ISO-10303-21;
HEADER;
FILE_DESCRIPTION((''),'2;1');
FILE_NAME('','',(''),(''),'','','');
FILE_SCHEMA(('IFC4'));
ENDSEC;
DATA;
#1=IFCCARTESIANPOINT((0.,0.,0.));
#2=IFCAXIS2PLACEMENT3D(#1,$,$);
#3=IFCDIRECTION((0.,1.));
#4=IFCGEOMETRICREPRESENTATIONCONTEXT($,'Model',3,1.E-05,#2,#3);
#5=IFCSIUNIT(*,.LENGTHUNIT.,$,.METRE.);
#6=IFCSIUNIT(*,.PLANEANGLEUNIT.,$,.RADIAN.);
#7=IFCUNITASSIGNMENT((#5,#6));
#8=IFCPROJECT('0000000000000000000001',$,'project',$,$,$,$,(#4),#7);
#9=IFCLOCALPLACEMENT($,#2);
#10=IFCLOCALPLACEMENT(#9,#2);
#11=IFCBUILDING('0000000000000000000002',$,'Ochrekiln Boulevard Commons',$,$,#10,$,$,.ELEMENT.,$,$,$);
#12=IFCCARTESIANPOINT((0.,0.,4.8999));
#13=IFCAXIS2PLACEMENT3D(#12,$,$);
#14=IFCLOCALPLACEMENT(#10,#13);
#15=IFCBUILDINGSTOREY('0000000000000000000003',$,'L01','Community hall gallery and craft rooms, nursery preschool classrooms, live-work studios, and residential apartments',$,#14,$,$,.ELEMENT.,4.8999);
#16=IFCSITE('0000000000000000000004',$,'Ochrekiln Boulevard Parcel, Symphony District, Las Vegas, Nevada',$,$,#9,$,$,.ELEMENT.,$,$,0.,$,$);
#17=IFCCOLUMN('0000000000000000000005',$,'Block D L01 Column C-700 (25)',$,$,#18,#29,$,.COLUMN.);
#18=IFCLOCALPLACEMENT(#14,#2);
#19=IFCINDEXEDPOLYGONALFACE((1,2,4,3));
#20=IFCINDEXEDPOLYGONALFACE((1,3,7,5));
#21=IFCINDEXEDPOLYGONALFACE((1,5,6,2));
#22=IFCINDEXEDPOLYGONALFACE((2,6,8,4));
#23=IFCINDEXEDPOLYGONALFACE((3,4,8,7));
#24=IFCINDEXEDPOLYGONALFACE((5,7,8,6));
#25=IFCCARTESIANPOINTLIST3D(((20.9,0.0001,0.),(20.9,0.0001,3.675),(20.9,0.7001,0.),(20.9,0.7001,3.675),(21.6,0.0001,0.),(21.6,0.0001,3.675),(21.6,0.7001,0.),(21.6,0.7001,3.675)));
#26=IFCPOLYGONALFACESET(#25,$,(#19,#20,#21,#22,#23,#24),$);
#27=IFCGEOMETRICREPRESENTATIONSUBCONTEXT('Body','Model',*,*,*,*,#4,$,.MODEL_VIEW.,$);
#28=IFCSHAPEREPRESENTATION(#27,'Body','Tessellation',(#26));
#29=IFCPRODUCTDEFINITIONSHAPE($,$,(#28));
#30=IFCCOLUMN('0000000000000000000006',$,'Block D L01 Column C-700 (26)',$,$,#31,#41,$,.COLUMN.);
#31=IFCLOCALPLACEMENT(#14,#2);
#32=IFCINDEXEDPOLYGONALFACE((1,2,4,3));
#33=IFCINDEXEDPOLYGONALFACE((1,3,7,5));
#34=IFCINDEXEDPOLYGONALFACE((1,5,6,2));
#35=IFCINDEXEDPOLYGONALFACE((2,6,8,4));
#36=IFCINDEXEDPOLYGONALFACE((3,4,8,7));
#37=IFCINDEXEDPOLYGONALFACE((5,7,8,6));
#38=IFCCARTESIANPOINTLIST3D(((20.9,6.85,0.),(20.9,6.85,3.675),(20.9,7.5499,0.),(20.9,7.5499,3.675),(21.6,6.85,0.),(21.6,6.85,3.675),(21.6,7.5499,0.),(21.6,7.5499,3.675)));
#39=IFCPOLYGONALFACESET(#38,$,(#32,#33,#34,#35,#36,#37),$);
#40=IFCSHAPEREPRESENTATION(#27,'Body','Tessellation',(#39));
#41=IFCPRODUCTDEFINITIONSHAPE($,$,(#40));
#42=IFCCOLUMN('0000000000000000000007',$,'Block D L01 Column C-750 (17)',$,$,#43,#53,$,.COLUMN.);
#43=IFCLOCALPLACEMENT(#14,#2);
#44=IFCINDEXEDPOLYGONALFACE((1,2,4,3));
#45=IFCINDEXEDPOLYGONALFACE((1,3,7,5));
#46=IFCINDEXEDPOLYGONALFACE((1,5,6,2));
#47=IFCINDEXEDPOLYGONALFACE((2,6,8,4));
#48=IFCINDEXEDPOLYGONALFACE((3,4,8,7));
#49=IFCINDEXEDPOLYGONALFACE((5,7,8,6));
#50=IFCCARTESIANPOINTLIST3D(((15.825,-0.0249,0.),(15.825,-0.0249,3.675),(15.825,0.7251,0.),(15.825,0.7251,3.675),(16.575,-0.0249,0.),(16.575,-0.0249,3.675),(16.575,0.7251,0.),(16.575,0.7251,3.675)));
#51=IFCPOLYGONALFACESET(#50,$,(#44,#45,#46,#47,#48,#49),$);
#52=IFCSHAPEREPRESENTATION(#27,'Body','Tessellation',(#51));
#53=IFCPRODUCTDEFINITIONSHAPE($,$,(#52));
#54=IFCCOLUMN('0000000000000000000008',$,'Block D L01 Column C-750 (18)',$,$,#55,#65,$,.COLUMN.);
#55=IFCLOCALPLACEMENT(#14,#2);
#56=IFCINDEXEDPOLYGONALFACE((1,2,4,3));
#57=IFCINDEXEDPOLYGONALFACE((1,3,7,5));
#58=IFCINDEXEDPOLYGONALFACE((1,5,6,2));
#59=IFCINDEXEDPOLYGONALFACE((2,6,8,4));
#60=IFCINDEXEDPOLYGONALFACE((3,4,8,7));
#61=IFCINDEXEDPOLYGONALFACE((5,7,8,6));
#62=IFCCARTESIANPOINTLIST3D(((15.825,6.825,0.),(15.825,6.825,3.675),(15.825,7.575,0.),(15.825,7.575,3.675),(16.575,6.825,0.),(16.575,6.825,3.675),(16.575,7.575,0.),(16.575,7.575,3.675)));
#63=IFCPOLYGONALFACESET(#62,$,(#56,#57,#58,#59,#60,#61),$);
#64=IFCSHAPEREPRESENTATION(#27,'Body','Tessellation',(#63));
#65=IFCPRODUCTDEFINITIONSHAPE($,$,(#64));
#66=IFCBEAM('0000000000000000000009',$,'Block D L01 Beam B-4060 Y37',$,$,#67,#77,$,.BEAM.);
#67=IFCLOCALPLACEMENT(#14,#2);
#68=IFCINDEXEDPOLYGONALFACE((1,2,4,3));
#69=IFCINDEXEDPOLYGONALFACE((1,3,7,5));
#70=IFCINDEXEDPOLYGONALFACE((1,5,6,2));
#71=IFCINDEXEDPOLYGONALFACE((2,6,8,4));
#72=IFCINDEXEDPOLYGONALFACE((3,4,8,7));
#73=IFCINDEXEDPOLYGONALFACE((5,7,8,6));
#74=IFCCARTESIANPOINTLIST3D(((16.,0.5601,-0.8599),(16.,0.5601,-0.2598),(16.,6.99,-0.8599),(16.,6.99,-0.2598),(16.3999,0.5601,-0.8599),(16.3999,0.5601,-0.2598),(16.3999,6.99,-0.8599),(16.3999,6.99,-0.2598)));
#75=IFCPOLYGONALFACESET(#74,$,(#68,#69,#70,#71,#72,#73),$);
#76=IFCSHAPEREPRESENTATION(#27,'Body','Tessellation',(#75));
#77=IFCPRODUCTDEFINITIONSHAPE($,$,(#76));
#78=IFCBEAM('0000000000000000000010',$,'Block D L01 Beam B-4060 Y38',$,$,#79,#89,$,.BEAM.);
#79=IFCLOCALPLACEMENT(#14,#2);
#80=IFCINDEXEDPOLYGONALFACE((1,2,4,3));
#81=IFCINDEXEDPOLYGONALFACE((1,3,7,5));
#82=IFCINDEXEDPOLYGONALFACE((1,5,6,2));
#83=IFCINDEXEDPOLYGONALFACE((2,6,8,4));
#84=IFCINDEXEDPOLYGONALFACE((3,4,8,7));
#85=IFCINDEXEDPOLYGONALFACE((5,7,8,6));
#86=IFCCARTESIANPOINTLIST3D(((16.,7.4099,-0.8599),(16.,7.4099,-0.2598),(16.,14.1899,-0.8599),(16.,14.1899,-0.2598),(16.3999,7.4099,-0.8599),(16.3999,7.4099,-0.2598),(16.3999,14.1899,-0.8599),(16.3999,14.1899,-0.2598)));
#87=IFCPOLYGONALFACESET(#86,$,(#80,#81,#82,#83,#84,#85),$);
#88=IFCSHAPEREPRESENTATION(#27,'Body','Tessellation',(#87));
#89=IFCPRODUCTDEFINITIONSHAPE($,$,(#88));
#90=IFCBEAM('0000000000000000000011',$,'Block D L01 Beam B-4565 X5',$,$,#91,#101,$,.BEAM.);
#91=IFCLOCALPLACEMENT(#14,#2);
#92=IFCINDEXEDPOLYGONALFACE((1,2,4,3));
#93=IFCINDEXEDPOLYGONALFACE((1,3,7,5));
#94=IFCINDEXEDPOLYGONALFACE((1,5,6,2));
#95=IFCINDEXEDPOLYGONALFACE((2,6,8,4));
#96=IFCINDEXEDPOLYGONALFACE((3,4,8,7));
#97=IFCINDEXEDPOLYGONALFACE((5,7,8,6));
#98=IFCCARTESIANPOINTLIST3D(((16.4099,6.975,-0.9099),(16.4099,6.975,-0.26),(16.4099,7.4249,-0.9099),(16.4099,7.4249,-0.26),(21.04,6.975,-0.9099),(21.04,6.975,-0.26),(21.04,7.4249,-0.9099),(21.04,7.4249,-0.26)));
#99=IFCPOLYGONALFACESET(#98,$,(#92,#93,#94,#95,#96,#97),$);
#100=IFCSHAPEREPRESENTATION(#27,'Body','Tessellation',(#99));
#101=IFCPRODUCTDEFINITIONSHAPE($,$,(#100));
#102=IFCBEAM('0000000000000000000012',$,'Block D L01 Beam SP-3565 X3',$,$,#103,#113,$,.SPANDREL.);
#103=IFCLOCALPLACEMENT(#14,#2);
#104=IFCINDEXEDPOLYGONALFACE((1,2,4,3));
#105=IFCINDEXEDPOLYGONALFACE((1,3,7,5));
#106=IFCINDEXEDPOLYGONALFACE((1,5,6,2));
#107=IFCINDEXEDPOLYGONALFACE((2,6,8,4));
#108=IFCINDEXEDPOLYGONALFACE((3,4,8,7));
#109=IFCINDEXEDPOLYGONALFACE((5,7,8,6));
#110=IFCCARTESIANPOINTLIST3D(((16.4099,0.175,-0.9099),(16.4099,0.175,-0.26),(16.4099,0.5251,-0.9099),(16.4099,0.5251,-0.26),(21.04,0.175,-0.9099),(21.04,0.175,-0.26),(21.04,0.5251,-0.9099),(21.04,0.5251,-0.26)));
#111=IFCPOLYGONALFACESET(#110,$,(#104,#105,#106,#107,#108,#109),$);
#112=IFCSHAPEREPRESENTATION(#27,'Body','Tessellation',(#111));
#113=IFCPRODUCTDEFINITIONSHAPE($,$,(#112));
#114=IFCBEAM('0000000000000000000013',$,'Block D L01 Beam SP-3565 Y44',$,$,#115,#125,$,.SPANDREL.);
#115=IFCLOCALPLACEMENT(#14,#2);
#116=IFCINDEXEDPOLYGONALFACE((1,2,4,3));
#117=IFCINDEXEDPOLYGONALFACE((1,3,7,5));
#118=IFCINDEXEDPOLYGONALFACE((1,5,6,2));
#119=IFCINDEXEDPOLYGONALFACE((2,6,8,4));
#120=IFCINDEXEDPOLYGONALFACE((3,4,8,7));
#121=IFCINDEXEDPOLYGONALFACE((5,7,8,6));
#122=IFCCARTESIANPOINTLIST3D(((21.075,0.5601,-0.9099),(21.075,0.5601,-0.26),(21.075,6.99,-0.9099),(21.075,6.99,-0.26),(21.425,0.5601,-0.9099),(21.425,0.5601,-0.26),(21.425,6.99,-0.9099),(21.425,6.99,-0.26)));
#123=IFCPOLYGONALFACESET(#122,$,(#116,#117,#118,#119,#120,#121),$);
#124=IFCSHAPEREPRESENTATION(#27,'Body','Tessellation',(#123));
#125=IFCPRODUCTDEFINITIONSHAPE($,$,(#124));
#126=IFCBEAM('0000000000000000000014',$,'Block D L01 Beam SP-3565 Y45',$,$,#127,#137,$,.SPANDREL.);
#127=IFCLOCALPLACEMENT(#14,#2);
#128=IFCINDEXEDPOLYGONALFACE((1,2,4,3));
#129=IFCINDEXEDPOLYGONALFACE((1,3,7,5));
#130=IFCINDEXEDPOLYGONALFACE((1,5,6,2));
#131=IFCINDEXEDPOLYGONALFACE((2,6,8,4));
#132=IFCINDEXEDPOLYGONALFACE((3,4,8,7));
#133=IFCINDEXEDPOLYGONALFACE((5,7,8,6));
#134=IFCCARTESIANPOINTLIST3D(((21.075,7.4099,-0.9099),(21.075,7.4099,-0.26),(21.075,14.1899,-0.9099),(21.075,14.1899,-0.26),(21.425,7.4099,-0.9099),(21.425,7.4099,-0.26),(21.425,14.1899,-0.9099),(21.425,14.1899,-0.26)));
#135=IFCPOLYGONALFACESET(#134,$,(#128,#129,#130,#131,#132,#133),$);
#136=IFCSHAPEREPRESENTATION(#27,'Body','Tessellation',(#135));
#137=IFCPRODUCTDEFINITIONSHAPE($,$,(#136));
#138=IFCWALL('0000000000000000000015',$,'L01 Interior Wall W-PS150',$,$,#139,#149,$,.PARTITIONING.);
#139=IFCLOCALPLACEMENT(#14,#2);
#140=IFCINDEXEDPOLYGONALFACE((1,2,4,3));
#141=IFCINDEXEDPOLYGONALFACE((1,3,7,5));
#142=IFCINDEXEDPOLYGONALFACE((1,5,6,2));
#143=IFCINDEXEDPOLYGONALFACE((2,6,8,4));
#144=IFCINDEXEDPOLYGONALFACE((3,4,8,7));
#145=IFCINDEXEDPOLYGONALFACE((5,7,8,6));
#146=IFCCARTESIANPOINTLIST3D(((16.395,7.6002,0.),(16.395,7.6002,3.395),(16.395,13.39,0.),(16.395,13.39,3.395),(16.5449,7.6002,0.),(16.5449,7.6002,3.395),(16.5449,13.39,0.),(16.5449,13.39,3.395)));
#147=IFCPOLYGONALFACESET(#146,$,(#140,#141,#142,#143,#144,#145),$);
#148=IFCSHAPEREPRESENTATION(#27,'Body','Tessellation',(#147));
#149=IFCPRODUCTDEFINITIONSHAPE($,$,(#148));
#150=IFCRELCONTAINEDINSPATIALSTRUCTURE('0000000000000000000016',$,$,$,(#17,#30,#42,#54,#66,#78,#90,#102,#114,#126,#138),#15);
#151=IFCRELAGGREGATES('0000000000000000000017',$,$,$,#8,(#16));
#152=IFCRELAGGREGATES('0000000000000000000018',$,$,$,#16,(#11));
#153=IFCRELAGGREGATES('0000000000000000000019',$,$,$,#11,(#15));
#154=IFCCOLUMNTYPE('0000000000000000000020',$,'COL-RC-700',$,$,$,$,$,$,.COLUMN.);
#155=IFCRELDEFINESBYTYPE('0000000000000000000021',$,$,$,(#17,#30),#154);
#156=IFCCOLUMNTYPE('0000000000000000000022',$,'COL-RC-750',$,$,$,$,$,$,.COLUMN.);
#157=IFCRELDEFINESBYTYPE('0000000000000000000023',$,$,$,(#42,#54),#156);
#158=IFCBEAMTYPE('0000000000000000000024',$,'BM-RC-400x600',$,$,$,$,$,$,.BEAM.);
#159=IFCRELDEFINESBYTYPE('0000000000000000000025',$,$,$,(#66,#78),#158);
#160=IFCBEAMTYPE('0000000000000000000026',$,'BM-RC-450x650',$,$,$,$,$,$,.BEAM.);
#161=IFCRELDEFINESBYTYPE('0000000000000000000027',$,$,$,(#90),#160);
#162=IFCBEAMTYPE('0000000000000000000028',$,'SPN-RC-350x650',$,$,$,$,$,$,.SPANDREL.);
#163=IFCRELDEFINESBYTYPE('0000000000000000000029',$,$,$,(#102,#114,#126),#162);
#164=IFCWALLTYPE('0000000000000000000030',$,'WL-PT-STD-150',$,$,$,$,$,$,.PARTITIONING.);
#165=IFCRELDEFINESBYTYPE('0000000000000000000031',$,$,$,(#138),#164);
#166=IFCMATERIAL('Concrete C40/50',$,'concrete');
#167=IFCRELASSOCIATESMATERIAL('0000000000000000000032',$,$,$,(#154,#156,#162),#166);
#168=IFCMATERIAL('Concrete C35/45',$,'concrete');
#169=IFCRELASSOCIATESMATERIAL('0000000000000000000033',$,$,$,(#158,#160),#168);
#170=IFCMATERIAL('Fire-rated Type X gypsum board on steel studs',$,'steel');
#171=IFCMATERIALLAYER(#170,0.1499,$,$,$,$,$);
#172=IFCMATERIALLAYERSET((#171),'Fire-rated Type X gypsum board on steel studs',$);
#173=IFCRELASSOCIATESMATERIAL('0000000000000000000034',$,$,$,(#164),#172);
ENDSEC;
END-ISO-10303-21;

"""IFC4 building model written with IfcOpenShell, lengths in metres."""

from ifc_helpers import new_model, si_unit, direction, frame, frame_2d, origin, origin_2d, place, context, subcontext, project, spatial, rectangle, extrude, material, layer, layer_set, material_profile, profile_set, type_object, element, save


model = new_model("IFC4")

# Units and contexts
model_context = context("Model", 3, precision=1e-05, world=origin(), true_north=direction((0.0, 1.0)))
body_context = subcontext(model_context, "Body", "Model", "MODEL_VIEW")
ifc_project = project(units=[si_unit("LENGTHUNIT", "METRE"), si_unit("PLANEANGLEUNIT", "RADIAN")], contexts=[model_context])

# Site, building, storey
site_placement = place(None, origin())
site = spatial("IfcSite", under=ifc_project, at=site_placement, Name="Ochrekiln Boulevard Parcel, Symphony District, Las Vegas, Nevada", CompositionType="ELEMENT", RefElevation=0.0)
building_placement = place(site_placement, origin())
building = spatial("IfcBuilding", under=site, at=building_placement, Name="Ochrekiln Boulevard Commons", CompositionType="ELEMENT")
storey_placement = place(building_placement, frame((0.0, 0.0, 4.8999)))
storey = spatial("IfcBuildingStorey", under=building, at=storey_placement, Name="L01", Description="Community hall gallery and craft rooms, nursery preschool classrooms, live-work studios, and residential apartments", CompositionType="ELEMENT", Elevation=4.8999)

# Columns
ifc_material_1 = material(Name="Concrete C40/50", Category="concrete")
ifc_material_profile_1 = material_profile(ifc_material_1, rectangle(XDim=0.7, YDim=0.7, at=origin_2d()), Name="RC-COL-700x700")
ifc_profile_set_1 = profile_set([ifc_material_profile_1], Name="Concrete C40/50")
column_type_1 = type_object("IfcColumnType", Name="COL-RC-700", PredefinedType="COLUMN", material=ifc_profile_set_1)
for number, where, z_axis, x_axis, name in (
    (1, (21.25, 0.3501, 0.0), (0.0, 0.0, 1.0), (1.0, 0.0, 0.0), "Block D L01 Column C-700 (25)"),
    (2, (21.25, 7.2, 0.0), (0.0, 0.0, 1.0), (1.0, 0.0, 0.0), "Block D L01 Column C-700 (26)"),
):
    element("IfcColumn", number, at=place(storey_placement, frame(where, z_axis=z_axis, x_axis=x_axis)), inside=storey, type_object=column_type_1, Name=name, PredefinedType="COLUMN", context=body_context, shape_type="SweptSolid", body=[
        extrude(rectangle(XDim=0.7, YDim=0.7, at=origin_2d()), origin(), (0.0, 0.0, 1.0), 3.675),
    ])
ifc_material_profile_2 = material_profile(ifc_material_1, rectangle(XDim=0.75, YDim=0.75, at=origin_2d()), Name="RC-COL-750x750")
ifc_profile_set_2 = profile_set([ifc_material_profile_2], Name="Concrete C40/50")
column_type_2 = type_object("IfcColumnType", Name="COL-RC-750", PredefinedType="COLUMN", material=ifc_profile_set_2)
for number, where, z_axis, x_axis, name in (
    (3, (16.2, 0.3501, 0.0), (0.0, 0.0, 1.0), (1.0, 0.0, 0.0), "Block D L01 Column C-750 (17)"),
    (4, (16.2, 7.2, 0.0), (0.0, 0.0, 1.0), (1.0, 0.0, 0.0), "Block D L01 Column C-750 (18)"),
):
    element("IfcColumn", number, at=place(storey_placement, frame(where, z_axis=z_axis, x_axis=x_axis)), inside=storey, type_object=column_type_2, Name=name, PredefinedType="COLUMN", context=body_context, shape_type="SweptSolid", body=[
        extrude(rectangle(XDim=0.75, YDim=0.75, at=origin_2d()), origin(), (0.0, 0.0, 1.0), 3.675),
    ])

# Beams
ifc_material_2 = material(Name="Concrete C35/45", Category="concrete")
ifc_material_profile_3 = material_profile(ifc_material_2, rectangle(XDim=0.3999, YDim=0.6001, at=origin_2d()), Name="RC-BM-400x600")
ifc_profile_set_3 = profile_set([ifc_material_profile_3], Name="Concrete C35/45")
beam_type_1 = type_object("IfcBeamType", Name="BM-RC-400x600", PredefinedType="BEAM", material=ifc_profile_set_3)
beam_1_placement = place(storey_placement, frame((16.2, 0.5601, -0.5598), z_axis=(0.0, 1.0, 0.0), x_axis=(-1.0, 0.0, 0.0)))
element("IfcBeam", 5, at=beam_1_placement, inside=storey, type_object=beam_type_1, Name="Block D L01 Beam B-4060 Y37", PredefinedType="BEAM", context=body_context, shape_type="SweptSolid", body=[
    extrude(rectangle(XDim=0.3999, YDim=0.6001, at=origin_2d()), origin(), (0.0, 0.0, 1.0), 6.4299),
])
beam_2_placement = place(storey_placement, frame((16.2, 7.4099, -0.5598), z_axis=(0.0, 1.0, 0.0), x_axis=(-1.0, 0.0, 0.0)))
element("IfcBeam", 6, at=beam_2_placement, inside=storey, type_object=beam_type_1, Name="Block D L01 Beam B-4060 Y38", PredefinedType="BEAM", context=body_context, shape_type="SweptSolid", body=[
    extrude(rectangle(XDim=0.3999, YDim=0.6001, at=origin_2d()), origin(), (0.0, 0.0, 1.0), 6.78),
])
ifc_material_profile_4 = material_profile(ifc_material_2, rectangle(XDim=0.45, YDim=0.6499, at=origin_2d()), Name="RC-BM-450x650")
ifc_profile_set_4 = profile_set([ifc_material_profile_4], Name="Concrete C35/45")
beam_type_2 = type_object("IfcBeamType", Name="BM-RC-450x650", PredefinedType="BEAM", material=ifc_profile_set_4)
beam_3_placement = place(storey_placement, frame((16.4099, 7.2, -0.585), z_axis=(1.0, 0.0, 0.0), x_axis=(0.0, 1.0, 0.0)))
element("IfcBeam", 7, at=beam_3_placement, inside=storey, type_object=beam_type_2, Name="Block D L01 Beam B-4565 X5", PredefinedType="BEAM", context=body_context, shape_type="SweptSolid", body=[
    extrude(rectangle(XDim=0.45, YDim=0.6499, at=origin_2d()), origin(), (0.0, 0.0, 1.0), 4.6301),
])
ifc_material_profile_5 = material_profile(ifc_material_1, rectangle(XDim=0.3501, YDim=0.6499, at=origin_2d()), Name="RC-SPN-350x650")
ifc_profile_set_5 = profile_set([ifc_material_profile_5], Name="Concrete C40/50")
beam_type_3 = type_object("IfcBeamType", Name="SPN-RC-350x650", PredefinedType="SPANDREL", material=ifc_profile_set_5)
beam_4_placement = place(storey_placement, frame((16.4099, 0.3501, -0.585), z_axis=(1.0, 0.0, 0.0), x_axis=(0.0, 1.0, 0.0)))
element("IfcBeam", 8, at=beam_4_placement, inside=storey, type_object=beam_type_3, Name="Block D L01 Beam SP-3565 X3", PredefinedType="SPANDREL", context=body_context, shape_type="SweptSolid", body=[
    extrude(rectangle(XDim=0.3501, YDim=0.6499, at=origin_2d()), origin(), (0.0, 0.0, 1.0), 4.6301),
])
beam_5_placement = place(storey_placement, frame((21.25, 0.5601, -0.585), z_axis=(0.0, 1.0, 0.0), x_axis=(-1.0, 0.0, 0.0)))
element("IfcBeam", 9, at=beam_5_placement, inside=storey, type_object=beam_type_3, Name="Block D L01 Beam SP-3565 Y44", PredefinedType="SPANDREL", context=body_context, shape_type="SweptSolid", body=[
    extrude(rectangle(XDim=0.3501, YDim=0.6499, at=origin_2d()), origin(), (0.0, 0.0, 1.0), 6.4299),
])
beam_6_placement = place(storey_placement, frame((21.25, 7.4099, -0.585), z_axis=(0.0, 1.0, 0.0), x_axis=(-1.0, 0.0, 0.0)))
element("IfcBeam", 10, at=beam_6_placement, inside=storey, type_object=beam_type_3, Name="Block D L01 Beam SP-3565 Y45", PredefinedType="SPANDREL", context=body_context, shape_type="SweptSolid", body=[
    extrude(rectangle(XDim=0.3501, YDim=0.6499, at=origin_2d()), origin(), (0.0, 0.0, 1.0), 6.78),
])

# Wall
ifc_material_3 = material(Name="Fire-rated Type X gypsum board on steel studs", Category="steel")
ifc_layer = layer(ifc_material_3, 0.1499)
ifc_layer_set = layer_set([ifc_layer], Name="Fire-rated Type X gypsum board on steel studs")
wall_type = type_object("IfcWallType", Name="WL-PT-STD-150", PredefinedType="PARTITIONING", material=ifc_layer_set)
wall_placement = place(storey_placement, frame((16.47, 7.6001, 0.0), z_axis=(0.0, 0.0, 1.0), x_axis=(0.0, 1.0, 0.0)))
element("IfcWall", 11, at=wall_placement, inside=storey, type_object=wall_type, Name="L01 Interior Wall W-PS150", PredefinedType="PARTITIONING", context=body_context, shape_type="SweptSolid", body=[
    extrude(rectangle(XDim=5.7898, YDim=0.1499, at=frame_2d((2.895, 0.0))), origin(), (0.0, 0.0, 1.0), 3.395),
])

save(model, "model.ifc")
